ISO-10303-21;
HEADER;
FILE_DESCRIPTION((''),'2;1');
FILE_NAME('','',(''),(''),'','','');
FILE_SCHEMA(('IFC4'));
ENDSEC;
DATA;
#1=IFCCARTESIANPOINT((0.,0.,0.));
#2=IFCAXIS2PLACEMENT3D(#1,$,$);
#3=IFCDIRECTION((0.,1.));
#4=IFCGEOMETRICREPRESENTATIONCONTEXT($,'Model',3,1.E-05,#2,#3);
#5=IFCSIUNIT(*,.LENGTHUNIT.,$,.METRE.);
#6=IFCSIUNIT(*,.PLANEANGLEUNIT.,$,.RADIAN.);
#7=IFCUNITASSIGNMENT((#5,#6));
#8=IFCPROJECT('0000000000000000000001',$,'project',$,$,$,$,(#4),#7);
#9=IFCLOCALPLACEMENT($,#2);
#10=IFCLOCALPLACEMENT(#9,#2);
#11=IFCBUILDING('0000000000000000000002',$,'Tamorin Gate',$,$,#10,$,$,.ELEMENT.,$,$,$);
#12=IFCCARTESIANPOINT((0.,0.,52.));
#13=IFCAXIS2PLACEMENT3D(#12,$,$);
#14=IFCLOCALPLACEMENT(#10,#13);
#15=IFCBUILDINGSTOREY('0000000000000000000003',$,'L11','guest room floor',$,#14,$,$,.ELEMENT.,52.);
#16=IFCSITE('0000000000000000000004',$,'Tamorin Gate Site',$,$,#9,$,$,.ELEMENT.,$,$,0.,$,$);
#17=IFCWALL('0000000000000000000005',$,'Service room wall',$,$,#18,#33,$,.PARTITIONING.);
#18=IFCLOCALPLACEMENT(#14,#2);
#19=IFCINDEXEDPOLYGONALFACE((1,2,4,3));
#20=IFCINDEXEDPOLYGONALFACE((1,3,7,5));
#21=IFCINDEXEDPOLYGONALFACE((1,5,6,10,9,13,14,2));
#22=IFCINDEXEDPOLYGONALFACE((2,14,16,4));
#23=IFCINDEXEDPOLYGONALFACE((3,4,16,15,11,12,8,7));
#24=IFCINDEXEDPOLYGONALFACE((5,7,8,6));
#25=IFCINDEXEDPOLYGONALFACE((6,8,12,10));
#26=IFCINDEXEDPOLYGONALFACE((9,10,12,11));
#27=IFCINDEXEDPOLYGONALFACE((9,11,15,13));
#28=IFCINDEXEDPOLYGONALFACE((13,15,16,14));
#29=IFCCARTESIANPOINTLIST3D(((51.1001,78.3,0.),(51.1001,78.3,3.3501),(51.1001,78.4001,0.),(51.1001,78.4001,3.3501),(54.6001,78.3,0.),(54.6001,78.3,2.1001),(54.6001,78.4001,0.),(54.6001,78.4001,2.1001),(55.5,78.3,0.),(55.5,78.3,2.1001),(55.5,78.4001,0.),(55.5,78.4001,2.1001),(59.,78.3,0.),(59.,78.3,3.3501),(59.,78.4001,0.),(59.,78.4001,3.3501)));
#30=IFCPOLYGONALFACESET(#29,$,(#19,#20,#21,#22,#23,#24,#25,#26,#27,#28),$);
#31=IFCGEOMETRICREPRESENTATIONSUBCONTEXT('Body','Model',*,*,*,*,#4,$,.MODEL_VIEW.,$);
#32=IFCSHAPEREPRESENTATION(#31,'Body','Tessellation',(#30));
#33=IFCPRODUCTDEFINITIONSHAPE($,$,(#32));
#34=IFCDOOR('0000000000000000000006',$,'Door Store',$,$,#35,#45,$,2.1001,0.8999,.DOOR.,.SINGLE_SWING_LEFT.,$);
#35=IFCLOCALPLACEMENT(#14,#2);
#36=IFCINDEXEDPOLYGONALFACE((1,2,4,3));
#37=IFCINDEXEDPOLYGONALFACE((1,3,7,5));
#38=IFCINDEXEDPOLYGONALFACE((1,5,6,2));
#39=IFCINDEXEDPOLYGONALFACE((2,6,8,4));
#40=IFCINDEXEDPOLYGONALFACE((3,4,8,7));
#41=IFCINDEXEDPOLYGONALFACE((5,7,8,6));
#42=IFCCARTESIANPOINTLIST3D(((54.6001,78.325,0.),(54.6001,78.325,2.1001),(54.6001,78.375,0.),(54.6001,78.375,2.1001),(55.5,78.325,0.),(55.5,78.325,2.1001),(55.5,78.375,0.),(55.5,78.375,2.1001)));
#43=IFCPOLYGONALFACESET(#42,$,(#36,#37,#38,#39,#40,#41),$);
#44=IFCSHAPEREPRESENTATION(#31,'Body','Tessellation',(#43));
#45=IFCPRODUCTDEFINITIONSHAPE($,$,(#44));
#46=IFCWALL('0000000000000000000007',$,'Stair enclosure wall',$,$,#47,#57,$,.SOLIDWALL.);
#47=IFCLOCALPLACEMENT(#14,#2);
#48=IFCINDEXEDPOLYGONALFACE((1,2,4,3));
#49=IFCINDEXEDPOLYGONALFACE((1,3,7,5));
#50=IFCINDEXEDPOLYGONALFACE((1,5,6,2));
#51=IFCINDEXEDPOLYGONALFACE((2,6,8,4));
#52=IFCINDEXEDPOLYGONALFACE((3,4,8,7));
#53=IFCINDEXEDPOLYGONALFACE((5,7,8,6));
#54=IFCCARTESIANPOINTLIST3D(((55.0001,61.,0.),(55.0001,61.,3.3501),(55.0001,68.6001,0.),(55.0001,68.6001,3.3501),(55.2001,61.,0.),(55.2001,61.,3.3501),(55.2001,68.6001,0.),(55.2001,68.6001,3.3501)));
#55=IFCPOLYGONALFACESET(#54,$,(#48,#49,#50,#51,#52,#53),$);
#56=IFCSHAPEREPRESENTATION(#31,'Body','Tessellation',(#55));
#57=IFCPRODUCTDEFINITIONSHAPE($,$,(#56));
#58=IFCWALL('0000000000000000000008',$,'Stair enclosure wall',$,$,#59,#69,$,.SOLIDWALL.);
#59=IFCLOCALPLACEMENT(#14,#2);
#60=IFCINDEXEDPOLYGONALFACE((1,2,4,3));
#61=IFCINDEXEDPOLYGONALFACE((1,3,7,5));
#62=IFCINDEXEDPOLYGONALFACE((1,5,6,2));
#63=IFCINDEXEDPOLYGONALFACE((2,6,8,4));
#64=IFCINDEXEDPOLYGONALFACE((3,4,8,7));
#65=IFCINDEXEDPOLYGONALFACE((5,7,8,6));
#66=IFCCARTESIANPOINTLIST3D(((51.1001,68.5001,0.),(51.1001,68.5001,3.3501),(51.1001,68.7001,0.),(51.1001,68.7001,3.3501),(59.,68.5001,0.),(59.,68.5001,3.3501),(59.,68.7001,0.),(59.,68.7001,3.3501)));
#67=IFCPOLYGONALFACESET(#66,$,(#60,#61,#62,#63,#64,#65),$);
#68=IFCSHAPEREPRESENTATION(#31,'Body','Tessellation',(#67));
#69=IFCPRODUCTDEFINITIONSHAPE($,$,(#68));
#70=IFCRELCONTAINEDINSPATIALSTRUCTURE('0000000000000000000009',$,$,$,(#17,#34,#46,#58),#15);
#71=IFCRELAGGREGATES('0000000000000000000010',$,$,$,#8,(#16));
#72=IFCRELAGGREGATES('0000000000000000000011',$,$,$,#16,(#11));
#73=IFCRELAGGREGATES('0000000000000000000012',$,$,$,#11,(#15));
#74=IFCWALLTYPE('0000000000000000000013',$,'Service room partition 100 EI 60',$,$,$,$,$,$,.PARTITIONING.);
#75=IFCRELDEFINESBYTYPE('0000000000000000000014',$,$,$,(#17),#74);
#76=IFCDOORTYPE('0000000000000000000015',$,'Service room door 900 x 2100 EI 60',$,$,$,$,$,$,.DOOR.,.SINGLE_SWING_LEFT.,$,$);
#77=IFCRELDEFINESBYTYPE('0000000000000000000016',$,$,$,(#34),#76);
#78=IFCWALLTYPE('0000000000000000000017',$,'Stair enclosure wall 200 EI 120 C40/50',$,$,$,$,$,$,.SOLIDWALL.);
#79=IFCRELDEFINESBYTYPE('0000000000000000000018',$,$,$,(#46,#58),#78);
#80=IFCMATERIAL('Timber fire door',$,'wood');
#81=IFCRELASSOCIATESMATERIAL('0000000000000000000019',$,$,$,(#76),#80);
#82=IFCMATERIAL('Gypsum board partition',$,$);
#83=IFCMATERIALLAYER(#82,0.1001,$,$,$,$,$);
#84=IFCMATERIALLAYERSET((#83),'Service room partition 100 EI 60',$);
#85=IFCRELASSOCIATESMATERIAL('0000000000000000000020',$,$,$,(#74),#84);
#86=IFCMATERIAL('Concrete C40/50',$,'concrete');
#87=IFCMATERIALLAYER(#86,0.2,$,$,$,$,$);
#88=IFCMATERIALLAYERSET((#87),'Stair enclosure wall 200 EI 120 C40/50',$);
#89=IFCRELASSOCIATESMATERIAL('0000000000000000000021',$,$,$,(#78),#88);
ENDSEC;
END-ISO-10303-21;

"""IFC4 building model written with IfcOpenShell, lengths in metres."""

from ifc_helpers import new_model, si_unit, direction, frame, frame_2d, origin, place, context, subcontext, project, spatial, rectangle, extrude, material, layer, layer_set, type_object, element, fill, save


model = new_model("IFC4")

# Units and contexts
model_context = context("Model", 3, precision=1e-05, world=origin(), true_north=direction((0.0, 1.0)))
body_context = subcontext(model_context, "Body", "Model", "MODEL_VIEW")
ifc_project = project(units=[si_unit("LENGTHUNIT", "METRE"), si_unit("PLANEANGLEUNIT", "RADIAN")], contexts=[model_context])

# Site, building, storey
site_placement = place(None, origin())
site = spatial("IfcSite", under=ifc_project, at=site_placement, Name="Tamorin Gate Site", CompositionType="ELEMENT", RefElevation=0.0)
building_placement = place(site_placement, origin())
building = spatial("IfcBuilding", under=site, at=building_placement, Name="Tamorin Gate", CompositionType="ELEMENT")
storey_placement = place(building_placement, frame((0.0, 0.0, 52.0)))
storey = spatial("IfcBuildingStorey", under=building, at=storey_placement, Name="L11", Description="guest room floor", CompositionType="ELEMENT", Elevation=52.0)

# Shared definitions
ifc_material_1 = material(Name="Gypsum board partition")
ifc_material_2 = material(Name="Timber fire door", Category="wood")
door_type_1 = type_object("IfcDoorType", Name="Service room door 900 x 2100 EI 60", OperationType="SINGLE_SWING_LEFT", PredefinedType="DOOR", material=ifc_material_2)

# Shared definitions
ifc_layer_1 = layer(ifc_material_1, 0.1001)
ifc_layer_set_1 = layer_set([ifc_layer_1], Name="Service room partition 100 EI 60")
wall_type_1 = type_object("IfcWallType", Name="Service room partition 100 EI 60", PredefinedType="PARTITIONING", material=ifc_layer_set_1)

# Wall, opening, door
wall_1_placement = place(storey_placement, frame((51.1001, 78.3501, 0.0), z_axis=(0.0, 0.0, 1.0), x_axis=(1.0, 0.0, 0.0)))
wall_1 = element("IfcWall", 1, at=wall_1_placement, inside=storey, type_object=wall_type_1, Name="Service room wall", PredefinedType="PARTITIONING", context=body_context, shape_type="SweptSolid", body=[
    extrude(rectangle(XDim=7.8999, YDim=0.1001, at=frame_2d((3.95, 0.0))), origin(), (0.0, 0.0, 1.0), 3.3501),
])
opening_1_placement = place(wall_1_placement, frame((3.5, 0.0, 0.0)))
opening_1 = element("IfcOpeningElement", 2, at=opening_1_placement, cuts=wall_1, PredefinedType="OPENING", context=body_context, shape_type="SweptSolid", body=[
    extrude(rectangle(XDim=0.8999, YDim=2.1001, at=frame_2d((0.45, 1.05))), frame((0.0, 0.0601, 0.0), z_axis=(0.0, -1.0, 0.0), x_axis=(1.0, 0.0, 0.0)), (0.0, 0.0, 1.0), 0.1201),
])
door_1_placement = place(opening_1_placement, origin())
door_1 = element("IfcDoor", 3, at=door_1_placement, inside=storey, type_object=door_type_1, Name="Door Store", OperationType="SINGLE_SWING_LEFT", OverallHeight=2.1001, OverallWidth=0.8999, PredefinedType="DOOR", context=body_context, shape_type="SweptSolid", body=[
    extrude(rectangle(XDim=0.8999, YDim=2.1001, at=frame_2d((0.45, 1.05))), frame((0.0, 0.0249, 0.0), z_axis=(0.0, -1.0, 0.0), x_axis=(1.0, 0.0, 0.0)), (0.0, 0.0, 1.0), 0.05),
])
fill(opening_1, door_1)

# Walls
ifc_material_3 = material(Name="Concrete C40/50", Category="concrete")
ifc_layer_2 = layer(ifc_material_3, 0.2)
ifc_layer_set_2 = layer_set([ifc_layer_2], Name="Stair enclosure wall 200 EI 120 C40/50")
wall_type_2 = type_object("IfcWallType", Name="Stair enclosure wall 200 EI 120 C40/50", PredefinedType="SOLIDWALL", material=ifc_layer_set_2)
wall_2_placement = place(storey_placement, frame((55.1001, 61.0, 0.0), z_axis=(0.0, 0.0, 1.0), x_axis=(0.0, 1.0, 0.0)))
element("IfcWall", 4, at=wall_2_placement, inside=storey, type_object=wall_type_2, Name="Stair enclosure wall", PredefinedType="SOLIDWALL", context=body_context, shape_type="SweptSolid", body=[
    extrude(rectangle(XDim=7.6001, YDim=0.2, at=frame_2d((3.8, 0.0))), origin(), (0.0, 0.0, 1.0), 3.3501),
])
wall_3_placement = place(storey_placement, frame((51.1001, 68.6001, 0.0), z_axis=(0.0, 0.0, 1.0), x_axis=(1.0, 0.0, 0.0)))
element("IfcWall", 5, at=wall_3_placement, inside=storey, type_object=wall_type_2, Name="Stair enclosure wall", PredefinedType="SOLIDWALL", context=body_context, shape_type="SweptSolid", body=[
    extrude(rectangle(XDim=7.8999, YDim=0.2, at=frame_2d((3.95, 0.0))), origin(), (0.0, 0.0, 1.0), 3.3501),
])

save(model, "model.ifc")
